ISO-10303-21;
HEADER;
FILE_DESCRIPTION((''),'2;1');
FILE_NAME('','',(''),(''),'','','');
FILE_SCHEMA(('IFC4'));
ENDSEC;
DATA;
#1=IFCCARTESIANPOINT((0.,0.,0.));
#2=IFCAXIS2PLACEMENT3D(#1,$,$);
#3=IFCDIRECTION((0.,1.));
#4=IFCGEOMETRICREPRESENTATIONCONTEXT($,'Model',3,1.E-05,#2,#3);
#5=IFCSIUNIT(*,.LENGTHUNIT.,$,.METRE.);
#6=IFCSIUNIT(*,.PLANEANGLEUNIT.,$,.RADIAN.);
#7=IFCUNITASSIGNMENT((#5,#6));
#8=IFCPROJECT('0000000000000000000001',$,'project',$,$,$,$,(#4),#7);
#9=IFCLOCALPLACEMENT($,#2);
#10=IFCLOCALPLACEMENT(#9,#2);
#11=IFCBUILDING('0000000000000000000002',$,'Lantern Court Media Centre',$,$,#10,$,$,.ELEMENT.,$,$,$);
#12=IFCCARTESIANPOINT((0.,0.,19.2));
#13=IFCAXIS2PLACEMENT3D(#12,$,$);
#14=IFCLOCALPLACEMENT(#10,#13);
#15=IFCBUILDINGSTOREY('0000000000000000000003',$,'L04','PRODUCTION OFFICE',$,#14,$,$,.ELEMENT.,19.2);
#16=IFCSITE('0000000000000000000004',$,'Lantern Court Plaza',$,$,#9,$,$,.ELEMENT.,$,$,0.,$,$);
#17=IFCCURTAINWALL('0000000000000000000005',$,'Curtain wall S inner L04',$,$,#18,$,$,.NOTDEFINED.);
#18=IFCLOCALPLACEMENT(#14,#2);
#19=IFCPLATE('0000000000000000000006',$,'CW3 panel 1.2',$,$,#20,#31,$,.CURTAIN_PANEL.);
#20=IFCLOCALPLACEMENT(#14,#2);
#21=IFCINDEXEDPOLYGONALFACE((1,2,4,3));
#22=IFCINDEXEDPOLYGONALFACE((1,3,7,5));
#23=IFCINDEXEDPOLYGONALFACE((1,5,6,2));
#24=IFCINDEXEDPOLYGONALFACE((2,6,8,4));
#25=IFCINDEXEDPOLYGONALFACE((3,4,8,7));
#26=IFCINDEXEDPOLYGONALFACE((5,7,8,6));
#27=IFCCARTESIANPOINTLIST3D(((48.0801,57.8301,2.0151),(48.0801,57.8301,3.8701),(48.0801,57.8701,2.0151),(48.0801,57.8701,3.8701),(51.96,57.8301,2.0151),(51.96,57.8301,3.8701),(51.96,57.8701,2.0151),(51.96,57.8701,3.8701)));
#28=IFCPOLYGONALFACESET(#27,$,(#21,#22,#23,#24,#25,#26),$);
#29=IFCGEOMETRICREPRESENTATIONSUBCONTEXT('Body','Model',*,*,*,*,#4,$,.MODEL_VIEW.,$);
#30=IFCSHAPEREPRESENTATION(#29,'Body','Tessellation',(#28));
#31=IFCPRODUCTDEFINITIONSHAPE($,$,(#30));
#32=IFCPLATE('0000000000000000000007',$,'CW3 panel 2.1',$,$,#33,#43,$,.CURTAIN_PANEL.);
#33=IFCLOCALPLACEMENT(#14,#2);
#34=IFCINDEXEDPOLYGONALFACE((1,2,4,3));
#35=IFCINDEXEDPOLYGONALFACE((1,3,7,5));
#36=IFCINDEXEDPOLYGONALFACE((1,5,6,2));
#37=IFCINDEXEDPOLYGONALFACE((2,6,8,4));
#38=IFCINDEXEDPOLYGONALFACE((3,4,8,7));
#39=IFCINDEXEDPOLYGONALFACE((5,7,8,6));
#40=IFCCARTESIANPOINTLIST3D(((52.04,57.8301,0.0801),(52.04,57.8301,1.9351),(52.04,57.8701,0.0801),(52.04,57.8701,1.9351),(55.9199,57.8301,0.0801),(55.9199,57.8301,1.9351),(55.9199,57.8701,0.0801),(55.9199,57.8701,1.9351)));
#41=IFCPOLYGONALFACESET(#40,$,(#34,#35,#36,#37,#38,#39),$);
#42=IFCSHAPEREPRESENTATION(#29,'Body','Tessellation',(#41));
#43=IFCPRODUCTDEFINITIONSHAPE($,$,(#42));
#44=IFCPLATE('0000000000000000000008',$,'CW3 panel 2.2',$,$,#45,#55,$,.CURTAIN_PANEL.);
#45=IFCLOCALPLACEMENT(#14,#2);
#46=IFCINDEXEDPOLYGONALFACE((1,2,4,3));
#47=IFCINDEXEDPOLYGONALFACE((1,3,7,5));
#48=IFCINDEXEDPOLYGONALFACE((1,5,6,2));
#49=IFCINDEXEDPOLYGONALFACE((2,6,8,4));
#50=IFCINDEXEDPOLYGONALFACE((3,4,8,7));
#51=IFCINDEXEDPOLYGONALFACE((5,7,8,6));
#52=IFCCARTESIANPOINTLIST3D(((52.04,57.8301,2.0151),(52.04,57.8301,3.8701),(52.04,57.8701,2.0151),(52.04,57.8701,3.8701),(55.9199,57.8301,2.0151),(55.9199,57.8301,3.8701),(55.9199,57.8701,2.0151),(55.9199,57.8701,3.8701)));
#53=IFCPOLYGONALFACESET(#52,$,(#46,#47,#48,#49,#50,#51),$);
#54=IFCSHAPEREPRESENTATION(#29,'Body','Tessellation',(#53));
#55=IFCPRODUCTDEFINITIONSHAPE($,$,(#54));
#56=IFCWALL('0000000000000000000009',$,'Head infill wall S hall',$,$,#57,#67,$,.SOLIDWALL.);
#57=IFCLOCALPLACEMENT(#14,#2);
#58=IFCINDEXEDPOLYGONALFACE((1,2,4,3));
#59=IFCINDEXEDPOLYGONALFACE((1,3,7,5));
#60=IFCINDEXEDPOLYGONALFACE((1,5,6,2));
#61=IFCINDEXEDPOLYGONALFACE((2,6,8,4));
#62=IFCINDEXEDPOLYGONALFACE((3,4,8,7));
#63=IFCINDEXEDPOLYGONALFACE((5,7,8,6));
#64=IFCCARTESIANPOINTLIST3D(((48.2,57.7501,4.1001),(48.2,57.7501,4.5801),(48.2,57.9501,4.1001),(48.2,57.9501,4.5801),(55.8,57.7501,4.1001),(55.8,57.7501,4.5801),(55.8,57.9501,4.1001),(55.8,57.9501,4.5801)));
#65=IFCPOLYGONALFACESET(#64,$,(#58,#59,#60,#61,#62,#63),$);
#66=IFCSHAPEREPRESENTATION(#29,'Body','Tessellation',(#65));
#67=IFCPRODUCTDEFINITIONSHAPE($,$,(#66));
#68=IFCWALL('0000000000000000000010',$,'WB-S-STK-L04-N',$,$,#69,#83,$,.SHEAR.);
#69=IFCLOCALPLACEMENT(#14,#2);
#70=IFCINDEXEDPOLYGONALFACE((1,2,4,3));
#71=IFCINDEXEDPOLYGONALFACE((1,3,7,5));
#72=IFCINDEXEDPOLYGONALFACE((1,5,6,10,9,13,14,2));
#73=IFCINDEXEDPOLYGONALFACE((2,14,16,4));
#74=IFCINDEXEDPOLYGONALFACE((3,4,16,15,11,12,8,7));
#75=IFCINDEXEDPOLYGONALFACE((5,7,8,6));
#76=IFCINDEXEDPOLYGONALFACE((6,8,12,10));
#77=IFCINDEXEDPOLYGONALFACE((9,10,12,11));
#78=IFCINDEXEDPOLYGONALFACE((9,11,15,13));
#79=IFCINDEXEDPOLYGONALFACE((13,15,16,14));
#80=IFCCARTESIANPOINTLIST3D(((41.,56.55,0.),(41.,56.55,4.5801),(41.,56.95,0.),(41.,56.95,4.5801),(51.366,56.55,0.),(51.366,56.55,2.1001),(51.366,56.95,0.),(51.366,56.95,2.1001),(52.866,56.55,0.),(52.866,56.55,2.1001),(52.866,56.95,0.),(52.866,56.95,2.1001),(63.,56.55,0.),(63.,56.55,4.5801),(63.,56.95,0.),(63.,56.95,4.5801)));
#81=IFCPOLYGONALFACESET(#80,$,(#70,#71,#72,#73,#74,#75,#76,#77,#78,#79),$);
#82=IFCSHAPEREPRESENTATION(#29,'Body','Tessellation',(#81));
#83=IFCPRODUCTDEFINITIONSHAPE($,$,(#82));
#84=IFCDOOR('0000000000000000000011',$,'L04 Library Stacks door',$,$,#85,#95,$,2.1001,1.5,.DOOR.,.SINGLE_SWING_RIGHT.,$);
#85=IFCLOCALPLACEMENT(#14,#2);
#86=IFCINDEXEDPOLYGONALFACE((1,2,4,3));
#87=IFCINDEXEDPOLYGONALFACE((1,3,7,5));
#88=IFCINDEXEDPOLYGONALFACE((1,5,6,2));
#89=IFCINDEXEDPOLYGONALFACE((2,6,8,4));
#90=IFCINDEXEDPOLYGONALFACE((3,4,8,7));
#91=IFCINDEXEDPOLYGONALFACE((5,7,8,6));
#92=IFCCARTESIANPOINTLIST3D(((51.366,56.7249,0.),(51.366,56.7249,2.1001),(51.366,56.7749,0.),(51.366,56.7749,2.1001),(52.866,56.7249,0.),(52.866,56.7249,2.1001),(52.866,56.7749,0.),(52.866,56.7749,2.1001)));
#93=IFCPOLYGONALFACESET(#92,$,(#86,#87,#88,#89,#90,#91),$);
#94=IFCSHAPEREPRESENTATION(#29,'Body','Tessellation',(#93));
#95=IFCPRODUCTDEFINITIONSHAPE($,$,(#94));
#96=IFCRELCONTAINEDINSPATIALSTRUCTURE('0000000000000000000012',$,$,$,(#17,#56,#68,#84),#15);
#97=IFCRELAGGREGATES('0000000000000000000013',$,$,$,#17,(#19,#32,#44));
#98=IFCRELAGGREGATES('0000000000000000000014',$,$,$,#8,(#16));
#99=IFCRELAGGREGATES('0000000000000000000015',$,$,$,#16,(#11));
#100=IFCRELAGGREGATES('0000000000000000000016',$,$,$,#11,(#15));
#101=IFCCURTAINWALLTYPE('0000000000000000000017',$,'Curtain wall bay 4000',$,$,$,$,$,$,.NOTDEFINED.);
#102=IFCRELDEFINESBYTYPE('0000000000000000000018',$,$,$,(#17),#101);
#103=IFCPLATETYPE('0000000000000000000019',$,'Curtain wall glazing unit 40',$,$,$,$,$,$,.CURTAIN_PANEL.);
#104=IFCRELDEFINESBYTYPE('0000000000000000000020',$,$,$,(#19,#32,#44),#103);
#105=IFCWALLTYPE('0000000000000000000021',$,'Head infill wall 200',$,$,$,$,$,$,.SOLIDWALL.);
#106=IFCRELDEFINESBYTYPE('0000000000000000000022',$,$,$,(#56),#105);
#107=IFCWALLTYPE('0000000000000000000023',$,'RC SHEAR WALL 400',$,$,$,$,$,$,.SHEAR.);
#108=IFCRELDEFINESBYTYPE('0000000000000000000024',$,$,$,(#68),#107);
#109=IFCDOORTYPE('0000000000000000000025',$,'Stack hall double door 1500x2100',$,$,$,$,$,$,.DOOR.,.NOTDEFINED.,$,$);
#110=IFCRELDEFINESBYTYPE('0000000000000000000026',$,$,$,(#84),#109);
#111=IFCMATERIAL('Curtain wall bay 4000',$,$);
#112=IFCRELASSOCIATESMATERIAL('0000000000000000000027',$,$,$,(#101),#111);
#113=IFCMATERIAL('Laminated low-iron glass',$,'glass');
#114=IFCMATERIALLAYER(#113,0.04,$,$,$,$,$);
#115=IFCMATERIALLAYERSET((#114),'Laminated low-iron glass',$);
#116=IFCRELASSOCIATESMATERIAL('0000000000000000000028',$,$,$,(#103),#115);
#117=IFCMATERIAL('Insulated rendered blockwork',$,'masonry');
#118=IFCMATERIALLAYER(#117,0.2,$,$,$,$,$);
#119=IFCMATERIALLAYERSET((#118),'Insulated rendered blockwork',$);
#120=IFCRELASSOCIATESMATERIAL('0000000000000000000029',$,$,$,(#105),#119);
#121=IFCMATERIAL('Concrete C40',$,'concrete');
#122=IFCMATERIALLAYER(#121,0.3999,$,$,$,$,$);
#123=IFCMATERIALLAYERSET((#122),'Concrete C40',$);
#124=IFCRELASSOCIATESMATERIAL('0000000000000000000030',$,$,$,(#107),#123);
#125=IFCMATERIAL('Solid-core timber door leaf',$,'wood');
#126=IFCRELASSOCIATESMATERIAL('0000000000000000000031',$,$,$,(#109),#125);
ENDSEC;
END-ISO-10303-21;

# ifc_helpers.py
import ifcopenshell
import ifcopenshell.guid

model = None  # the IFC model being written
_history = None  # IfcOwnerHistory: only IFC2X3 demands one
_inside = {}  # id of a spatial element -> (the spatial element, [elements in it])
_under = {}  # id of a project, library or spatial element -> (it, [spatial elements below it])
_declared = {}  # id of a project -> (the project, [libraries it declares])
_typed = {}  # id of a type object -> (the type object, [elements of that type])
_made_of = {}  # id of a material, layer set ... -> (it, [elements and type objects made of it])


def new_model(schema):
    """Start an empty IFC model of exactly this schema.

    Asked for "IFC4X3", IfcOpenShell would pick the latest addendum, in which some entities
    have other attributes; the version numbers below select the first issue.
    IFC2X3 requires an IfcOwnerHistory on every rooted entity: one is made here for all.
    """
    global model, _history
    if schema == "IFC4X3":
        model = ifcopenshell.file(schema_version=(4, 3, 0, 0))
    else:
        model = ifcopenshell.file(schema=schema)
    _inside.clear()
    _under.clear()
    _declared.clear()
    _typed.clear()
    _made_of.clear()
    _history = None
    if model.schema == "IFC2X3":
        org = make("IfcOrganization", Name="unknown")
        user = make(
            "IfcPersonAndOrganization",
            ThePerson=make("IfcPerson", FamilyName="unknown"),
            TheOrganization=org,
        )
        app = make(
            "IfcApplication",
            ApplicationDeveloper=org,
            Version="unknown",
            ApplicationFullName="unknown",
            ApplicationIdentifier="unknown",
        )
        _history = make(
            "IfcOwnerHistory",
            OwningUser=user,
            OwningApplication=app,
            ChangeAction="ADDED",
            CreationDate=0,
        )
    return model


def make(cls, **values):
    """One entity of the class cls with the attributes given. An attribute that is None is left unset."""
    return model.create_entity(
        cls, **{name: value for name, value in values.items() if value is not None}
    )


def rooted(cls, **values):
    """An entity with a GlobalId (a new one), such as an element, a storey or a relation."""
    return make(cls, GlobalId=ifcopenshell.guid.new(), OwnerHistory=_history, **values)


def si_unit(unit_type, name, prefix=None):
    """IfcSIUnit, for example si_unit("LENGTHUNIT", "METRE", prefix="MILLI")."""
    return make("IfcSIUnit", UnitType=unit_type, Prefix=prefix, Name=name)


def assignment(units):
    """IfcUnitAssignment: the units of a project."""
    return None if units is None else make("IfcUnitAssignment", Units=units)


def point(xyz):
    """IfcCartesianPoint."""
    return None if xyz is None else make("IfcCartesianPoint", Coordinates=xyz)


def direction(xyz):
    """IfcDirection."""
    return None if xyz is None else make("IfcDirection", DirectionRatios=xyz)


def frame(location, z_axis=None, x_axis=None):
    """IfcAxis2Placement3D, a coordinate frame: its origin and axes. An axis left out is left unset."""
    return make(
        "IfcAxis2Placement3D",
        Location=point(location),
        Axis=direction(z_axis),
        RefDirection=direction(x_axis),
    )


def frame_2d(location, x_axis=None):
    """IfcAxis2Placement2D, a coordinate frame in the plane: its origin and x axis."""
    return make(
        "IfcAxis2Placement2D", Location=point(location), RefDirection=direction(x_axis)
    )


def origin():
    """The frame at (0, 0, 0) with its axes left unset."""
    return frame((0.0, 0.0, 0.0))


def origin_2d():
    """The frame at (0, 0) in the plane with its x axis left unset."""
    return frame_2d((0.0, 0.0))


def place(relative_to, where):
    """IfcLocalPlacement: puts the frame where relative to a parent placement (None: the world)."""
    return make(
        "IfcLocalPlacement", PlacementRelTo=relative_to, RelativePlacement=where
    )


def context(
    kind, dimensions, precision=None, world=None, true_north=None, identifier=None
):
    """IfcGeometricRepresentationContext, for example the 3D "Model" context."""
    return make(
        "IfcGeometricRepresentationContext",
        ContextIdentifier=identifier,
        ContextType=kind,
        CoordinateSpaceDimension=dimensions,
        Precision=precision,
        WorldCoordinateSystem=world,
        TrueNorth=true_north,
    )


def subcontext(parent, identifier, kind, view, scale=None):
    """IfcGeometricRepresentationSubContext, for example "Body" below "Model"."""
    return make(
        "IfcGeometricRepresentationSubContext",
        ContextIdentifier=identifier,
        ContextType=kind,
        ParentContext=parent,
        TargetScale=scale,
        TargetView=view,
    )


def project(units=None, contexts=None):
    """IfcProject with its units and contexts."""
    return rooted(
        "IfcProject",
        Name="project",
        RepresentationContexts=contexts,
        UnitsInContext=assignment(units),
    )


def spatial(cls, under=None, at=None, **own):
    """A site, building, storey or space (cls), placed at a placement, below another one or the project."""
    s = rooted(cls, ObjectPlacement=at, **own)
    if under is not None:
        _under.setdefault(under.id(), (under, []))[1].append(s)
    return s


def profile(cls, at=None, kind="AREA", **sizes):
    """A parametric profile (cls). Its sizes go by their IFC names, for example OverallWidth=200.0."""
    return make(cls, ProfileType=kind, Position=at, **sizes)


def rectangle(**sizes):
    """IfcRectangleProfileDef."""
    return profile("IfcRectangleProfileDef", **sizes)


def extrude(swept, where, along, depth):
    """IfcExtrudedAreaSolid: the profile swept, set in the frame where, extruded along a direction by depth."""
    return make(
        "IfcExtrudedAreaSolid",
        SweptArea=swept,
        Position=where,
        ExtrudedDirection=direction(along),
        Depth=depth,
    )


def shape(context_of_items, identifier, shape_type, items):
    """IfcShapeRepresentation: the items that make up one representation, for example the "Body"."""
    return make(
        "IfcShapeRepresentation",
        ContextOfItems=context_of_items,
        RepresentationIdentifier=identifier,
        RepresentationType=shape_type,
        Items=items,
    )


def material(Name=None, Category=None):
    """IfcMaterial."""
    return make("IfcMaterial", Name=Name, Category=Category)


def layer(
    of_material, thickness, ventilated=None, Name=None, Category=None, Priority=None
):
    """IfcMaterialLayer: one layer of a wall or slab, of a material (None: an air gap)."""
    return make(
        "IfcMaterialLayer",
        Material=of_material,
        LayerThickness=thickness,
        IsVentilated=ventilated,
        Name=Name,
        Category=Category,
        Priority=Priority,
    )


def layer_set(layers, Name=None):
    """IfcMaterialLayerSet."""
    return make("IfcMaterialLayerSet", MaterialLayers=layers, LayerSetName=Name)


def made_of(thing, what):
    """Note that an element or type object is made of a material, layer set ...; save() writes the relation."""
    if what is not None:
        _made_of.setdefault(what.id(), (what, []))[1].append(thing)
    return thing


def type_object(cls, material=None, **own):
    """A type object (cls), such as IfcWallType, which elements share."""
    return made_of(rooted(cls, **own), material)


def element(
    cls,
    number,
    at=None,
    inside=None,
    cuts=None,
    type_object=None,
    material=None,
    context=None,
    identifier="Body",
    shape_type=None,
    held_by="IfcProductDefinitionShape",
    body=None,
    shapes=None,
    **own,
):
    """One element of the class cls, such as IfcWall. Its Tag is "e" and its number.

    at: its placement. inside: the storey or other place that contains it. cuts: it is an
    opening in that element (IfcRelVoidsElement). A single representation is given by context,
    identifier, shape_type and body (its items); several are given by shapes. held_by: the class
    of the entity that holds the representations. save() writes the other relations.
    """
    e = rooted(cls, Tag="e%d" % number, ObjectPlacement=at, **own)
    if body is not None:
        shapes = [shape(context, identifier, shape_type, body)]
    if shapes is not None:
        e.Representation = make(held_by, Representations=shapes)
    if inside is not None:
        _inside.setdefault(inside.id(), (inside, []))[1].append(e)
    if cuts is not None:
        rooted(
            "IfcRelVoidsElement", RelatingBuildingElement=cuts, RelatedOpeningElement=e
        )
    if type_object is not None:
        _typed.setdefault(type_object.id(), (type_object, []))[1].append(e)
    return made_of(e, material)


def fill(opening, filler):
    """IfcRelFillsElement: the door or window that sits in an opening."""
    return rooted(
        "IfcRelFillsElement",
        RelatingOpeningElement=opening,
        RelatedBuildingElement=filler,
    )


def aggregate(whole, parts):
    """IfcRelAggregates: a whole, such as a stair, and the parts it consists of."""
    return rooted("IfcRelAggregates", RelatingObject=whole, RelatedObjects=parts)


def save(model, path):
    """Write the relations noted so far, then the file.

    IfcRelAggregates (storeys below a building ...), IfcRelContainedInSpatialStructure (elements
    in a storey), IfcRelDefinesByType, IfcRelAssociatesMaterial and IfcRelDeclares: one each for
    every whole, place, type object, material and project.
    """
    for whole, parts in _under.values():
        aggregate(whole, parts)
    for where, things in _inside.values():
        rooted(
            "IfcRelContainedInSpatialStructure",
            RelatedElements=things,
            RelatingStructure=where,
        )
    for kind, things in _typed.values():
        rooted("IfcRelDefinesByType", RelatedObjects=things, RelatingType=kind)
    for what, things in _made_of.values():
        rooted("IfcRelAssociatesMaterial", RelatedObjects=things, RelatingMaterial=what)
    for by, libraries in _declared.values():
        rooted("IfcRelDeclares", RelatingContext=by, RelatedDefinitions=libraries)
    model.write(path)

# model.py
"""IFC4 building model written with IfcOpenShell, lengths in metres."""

from ifc_helpers import new_model, si_unit, direction, frame, frame_2d, origin, origin_2d, place, context, subcontext, project, spatial, rectangle, extrude, material, layer, layer_set, type_object, element, fill, aggregate, save


model = new_model("IFC4")

# Units and contexts
model_context = context("Model", 3, precision=1e-05, world=origin(), true_north=direction((0.0, 1.0)))
body_context = subcontext(model_context, "Body", "Model", "MODEL_VIEW")
ifc_project = project(units=[si_unit("LENGTHUNIT", "METRE"), si_unit("PLANEANGLEUNIT", "RADIAN")], contexts=[model_context])

# Site, building, storey
site_placement = place(None, origin())
site = spatial("IfcSite", under=ifc_project, at=site_placement, Name="Lantern Court Plaza", CompositionType="ELEMENT", RefElevation=0.0)
building_placement = place(site_placement, origin())
building = spatial("IfcBuilding", under=site, at=building_placement, Name="Lantern Court Media Centre", CompositionType="ELEMENT")
storey_placement = place(building_placement, frame((0.0, 0.0, 19.2)))
storey = spatial("IfcBuildingStorey", under=building, at=storey_placement, Name="L04", Description="PRODUCTION OFFICE", CompositionType="ELEMENT", Elevation=19.2)

# Curtain wall
ifc_material_1 = material(Name="Curtain wall bay 4000")
curtain_wall_type = type_object("IfcCurtainWallType", Name="Curtain wall bay 4000", PredefinedType="NOTDEFINED", material=ifc_material_1)
curtain_wall_1_placement = place(storey_placement, origin())
curtain_wall_1 = element("IfcCurtainWall", 1, at=curtain_wall_1_placement, inside=storey, type_object=curtain_wall_type, Name="Curtain wall S inner L04", PredefinedType="NOTDEFINED")

# Plates
ifc_material_2 = material(Name="Laminated low-iron glass", Category="glass")
ifc_layer_1 = layer(ifc_material_2, 0.04)
ifc_layer_set_1 = layer_set([ifc_layer_1], Name="Laminated low-iron glass")
plate_type = type_object("IfcPlateType", Name="Curtain wall glazing unit 40", PredefinedType="CURTAIN_PANEL", material=ifc_layer_set_1)
plate_1_placement = place(storey_placement, frame((50.02, 57.8501, 2.0151), z_axis=(0.0, 0.0, 1.0), x_axis=(1.0, 0.0, 0.0)))
plate_1 = element("IfcPlate", 2, at=plate_1_placement, type_object=plate_type, Name="CW3 panel 1.2", PredefinedType="CURTAIN_PANEL", context=body_context, shape_type="SweptSolid", body=[
    extrude(rectangle(XDim=3.8799, YDim=0.04, at=origin_2d()), origin(), (0.0, 0.0, 1.0), 1.855),
])
plate_2_placement = place(storey_placement, frame((53.98, 57.8501, 0.0801), z_axis=(0.0, 0.0, 1.0), x_axis=(1.0, 0.0, 0.0)))
plate_2 = element("IfcPlate", 3, at=plate_2_placement, type_object=plate_type, Name="CW3 panel 2.1", PredefinedType="CURTAIN_PANEL", context=body_context, shape_type="SweptSolid", body=[
    extrude(rectangle(XDim=3.8799, YDim=0.04, at=origin_2d()), origin(), (0.0, 0.0, 1.0), 1.855),
])
plate_3_placement = place(storey_placement, frame((53.98, 57.8501, 2.0151), z_axis=(0.0, 0.0, 1.0), x_axis=(1.0, 0.0, 0.0)))
plate_3 = element("IfcPlate", 4, at=plate_3_placement, type_object=plate_type, Name="CW3 panel 2.2", PredefinedType="CURTAIN_PANEL", context=body_context, shape_type="SweptSolid", body=[
    extrude(rectangle(XDim=3.8799, YDim=0.04, at=origin_2d()), origin(), (0.0, 0.0, 1.0), 1.855),
])
aggregate(curtain_wall_1, [plate_1, plate_2, plate_3])

# Wall
ifc_material_3 = material(Name="Insulated rendered blockwork", Category="masonry")
ifc_layer_2 = layer(ifc_material_3, 0.2)
ifc_layer_set_2 = layer_set([ifc_layer_2], Name="Insulated rendered blockwork")
wall_type_1 = type_object("IfcWallType", Name="Head infill wall 200", PredefinedType="SOLIDWALL", material=ifc_layer_set_2)
wall_1_placement = place(storey_placement, frame((48.2, 57.8501, 4.1001), z_axis=(0.0, 0.0, 1.0), x_axis=(1.0, 0.0, 0.0)))
element("IfcWall", 5, at=wall_1_placement, inside=storey, type_object=wall_type_1, Name="Head infill wall S hall", PredefinedType="SOLIDWALL", context=body_context, shape_type="SweptSolid", body=[
    extrude(rectangle(XDim=7.6001, YDim=0.2, at=frame_2d((3.8, 0.0))), origin(), (0.0, 0.0, 1.0), 0.48),
])

# Wall, opening, door
ifc_material_4 = material(Name="Concrete C40", Category="concrete")
ifc_layer_3 = layer(ifc_material_4, 0.3999)
ifc_layer_set_3 = layer_set([ifc_layer_3], Name="Concrete C40")
wall_type_2 = type_object("IfcWallType", Name="RC SHEAR WALL 400", PredefinedType="SHEAR", material=ifc_layer_set_3)
wall_2_placement = place(storey_placement, frame((41.0, 56.75, 0.0), z_axis=(0.0, 0.0, 1.0), x_axis=(1.0, 0.0, 0.0)))
wall_2 = element("IfcWall", 6, at=wall_2_placement, inside=storey, type_object=wall_type_2, Name="WB-S-STK-L04-N", PredefinedType="SHEAR", context=body_context, shape_type="SweptSolid", body=[
    extrude(rectangle(XDim=22.0, YDim=0.3999, at=frame_2d((11.0, 0.0))), origin(), (0.0, 0.0, 1.0), 4.5801),
])
opening_placement = place(wall_2_placement, frame((10.366, 0.0, 0.0)))
opening = element("IfcOpeningElement", 7, at=opening_placement, cuts=wall_2, PredefinedType="OPENING", context=body_context, shape_type="SweptSolid", body=[
    extrude(rectangle(XDim=1.5, YDim=2.1001, at=frame_2d((0.75, 1.05))), frame((0.0, 0.21, 0.0), z_axis=(0.0, -1.0, 0.0), x_axis=(1.0, 0.0, 0.0)), (0.0, 0.0, 1.0), 0.4199),
])
ifc_material_5 = material(Name="Solid-core timber door leaf", Category="wood")
door_type = type_object("IfcDoorType", Name="Stack hall double door 1500x2100", OperationType="NOTDEFINED", PredefinedType="DOOR", material=ifc_material_5)
door_placement = place(opening_placement, origin())
door = element("IfcDoor", 8, at=door_placement, inside=storey, type_object=door_type, Name="L04 Library Stacks door", OperationType="SINGLE_SWING_RIGHT", OverallHeight=2.1001, OverallWidth=1.5, PredefinedType="DOOR", context=body_context, shape_type="SweptSolid", body=[
    extrude(rectangle(XDim=1.5, YDim=2.1001, at=frame_2d((0.75, 1.05))), frame((0.0, 0.0249, 0.0), z_axis=(0.0, -1.0, 0.0), x_axis=(1.0, 0.0, 0.0)), (0.0, 0.0, 1.0), 0.05),
])
fill(opening, door)

save(model, "model.ifc")
